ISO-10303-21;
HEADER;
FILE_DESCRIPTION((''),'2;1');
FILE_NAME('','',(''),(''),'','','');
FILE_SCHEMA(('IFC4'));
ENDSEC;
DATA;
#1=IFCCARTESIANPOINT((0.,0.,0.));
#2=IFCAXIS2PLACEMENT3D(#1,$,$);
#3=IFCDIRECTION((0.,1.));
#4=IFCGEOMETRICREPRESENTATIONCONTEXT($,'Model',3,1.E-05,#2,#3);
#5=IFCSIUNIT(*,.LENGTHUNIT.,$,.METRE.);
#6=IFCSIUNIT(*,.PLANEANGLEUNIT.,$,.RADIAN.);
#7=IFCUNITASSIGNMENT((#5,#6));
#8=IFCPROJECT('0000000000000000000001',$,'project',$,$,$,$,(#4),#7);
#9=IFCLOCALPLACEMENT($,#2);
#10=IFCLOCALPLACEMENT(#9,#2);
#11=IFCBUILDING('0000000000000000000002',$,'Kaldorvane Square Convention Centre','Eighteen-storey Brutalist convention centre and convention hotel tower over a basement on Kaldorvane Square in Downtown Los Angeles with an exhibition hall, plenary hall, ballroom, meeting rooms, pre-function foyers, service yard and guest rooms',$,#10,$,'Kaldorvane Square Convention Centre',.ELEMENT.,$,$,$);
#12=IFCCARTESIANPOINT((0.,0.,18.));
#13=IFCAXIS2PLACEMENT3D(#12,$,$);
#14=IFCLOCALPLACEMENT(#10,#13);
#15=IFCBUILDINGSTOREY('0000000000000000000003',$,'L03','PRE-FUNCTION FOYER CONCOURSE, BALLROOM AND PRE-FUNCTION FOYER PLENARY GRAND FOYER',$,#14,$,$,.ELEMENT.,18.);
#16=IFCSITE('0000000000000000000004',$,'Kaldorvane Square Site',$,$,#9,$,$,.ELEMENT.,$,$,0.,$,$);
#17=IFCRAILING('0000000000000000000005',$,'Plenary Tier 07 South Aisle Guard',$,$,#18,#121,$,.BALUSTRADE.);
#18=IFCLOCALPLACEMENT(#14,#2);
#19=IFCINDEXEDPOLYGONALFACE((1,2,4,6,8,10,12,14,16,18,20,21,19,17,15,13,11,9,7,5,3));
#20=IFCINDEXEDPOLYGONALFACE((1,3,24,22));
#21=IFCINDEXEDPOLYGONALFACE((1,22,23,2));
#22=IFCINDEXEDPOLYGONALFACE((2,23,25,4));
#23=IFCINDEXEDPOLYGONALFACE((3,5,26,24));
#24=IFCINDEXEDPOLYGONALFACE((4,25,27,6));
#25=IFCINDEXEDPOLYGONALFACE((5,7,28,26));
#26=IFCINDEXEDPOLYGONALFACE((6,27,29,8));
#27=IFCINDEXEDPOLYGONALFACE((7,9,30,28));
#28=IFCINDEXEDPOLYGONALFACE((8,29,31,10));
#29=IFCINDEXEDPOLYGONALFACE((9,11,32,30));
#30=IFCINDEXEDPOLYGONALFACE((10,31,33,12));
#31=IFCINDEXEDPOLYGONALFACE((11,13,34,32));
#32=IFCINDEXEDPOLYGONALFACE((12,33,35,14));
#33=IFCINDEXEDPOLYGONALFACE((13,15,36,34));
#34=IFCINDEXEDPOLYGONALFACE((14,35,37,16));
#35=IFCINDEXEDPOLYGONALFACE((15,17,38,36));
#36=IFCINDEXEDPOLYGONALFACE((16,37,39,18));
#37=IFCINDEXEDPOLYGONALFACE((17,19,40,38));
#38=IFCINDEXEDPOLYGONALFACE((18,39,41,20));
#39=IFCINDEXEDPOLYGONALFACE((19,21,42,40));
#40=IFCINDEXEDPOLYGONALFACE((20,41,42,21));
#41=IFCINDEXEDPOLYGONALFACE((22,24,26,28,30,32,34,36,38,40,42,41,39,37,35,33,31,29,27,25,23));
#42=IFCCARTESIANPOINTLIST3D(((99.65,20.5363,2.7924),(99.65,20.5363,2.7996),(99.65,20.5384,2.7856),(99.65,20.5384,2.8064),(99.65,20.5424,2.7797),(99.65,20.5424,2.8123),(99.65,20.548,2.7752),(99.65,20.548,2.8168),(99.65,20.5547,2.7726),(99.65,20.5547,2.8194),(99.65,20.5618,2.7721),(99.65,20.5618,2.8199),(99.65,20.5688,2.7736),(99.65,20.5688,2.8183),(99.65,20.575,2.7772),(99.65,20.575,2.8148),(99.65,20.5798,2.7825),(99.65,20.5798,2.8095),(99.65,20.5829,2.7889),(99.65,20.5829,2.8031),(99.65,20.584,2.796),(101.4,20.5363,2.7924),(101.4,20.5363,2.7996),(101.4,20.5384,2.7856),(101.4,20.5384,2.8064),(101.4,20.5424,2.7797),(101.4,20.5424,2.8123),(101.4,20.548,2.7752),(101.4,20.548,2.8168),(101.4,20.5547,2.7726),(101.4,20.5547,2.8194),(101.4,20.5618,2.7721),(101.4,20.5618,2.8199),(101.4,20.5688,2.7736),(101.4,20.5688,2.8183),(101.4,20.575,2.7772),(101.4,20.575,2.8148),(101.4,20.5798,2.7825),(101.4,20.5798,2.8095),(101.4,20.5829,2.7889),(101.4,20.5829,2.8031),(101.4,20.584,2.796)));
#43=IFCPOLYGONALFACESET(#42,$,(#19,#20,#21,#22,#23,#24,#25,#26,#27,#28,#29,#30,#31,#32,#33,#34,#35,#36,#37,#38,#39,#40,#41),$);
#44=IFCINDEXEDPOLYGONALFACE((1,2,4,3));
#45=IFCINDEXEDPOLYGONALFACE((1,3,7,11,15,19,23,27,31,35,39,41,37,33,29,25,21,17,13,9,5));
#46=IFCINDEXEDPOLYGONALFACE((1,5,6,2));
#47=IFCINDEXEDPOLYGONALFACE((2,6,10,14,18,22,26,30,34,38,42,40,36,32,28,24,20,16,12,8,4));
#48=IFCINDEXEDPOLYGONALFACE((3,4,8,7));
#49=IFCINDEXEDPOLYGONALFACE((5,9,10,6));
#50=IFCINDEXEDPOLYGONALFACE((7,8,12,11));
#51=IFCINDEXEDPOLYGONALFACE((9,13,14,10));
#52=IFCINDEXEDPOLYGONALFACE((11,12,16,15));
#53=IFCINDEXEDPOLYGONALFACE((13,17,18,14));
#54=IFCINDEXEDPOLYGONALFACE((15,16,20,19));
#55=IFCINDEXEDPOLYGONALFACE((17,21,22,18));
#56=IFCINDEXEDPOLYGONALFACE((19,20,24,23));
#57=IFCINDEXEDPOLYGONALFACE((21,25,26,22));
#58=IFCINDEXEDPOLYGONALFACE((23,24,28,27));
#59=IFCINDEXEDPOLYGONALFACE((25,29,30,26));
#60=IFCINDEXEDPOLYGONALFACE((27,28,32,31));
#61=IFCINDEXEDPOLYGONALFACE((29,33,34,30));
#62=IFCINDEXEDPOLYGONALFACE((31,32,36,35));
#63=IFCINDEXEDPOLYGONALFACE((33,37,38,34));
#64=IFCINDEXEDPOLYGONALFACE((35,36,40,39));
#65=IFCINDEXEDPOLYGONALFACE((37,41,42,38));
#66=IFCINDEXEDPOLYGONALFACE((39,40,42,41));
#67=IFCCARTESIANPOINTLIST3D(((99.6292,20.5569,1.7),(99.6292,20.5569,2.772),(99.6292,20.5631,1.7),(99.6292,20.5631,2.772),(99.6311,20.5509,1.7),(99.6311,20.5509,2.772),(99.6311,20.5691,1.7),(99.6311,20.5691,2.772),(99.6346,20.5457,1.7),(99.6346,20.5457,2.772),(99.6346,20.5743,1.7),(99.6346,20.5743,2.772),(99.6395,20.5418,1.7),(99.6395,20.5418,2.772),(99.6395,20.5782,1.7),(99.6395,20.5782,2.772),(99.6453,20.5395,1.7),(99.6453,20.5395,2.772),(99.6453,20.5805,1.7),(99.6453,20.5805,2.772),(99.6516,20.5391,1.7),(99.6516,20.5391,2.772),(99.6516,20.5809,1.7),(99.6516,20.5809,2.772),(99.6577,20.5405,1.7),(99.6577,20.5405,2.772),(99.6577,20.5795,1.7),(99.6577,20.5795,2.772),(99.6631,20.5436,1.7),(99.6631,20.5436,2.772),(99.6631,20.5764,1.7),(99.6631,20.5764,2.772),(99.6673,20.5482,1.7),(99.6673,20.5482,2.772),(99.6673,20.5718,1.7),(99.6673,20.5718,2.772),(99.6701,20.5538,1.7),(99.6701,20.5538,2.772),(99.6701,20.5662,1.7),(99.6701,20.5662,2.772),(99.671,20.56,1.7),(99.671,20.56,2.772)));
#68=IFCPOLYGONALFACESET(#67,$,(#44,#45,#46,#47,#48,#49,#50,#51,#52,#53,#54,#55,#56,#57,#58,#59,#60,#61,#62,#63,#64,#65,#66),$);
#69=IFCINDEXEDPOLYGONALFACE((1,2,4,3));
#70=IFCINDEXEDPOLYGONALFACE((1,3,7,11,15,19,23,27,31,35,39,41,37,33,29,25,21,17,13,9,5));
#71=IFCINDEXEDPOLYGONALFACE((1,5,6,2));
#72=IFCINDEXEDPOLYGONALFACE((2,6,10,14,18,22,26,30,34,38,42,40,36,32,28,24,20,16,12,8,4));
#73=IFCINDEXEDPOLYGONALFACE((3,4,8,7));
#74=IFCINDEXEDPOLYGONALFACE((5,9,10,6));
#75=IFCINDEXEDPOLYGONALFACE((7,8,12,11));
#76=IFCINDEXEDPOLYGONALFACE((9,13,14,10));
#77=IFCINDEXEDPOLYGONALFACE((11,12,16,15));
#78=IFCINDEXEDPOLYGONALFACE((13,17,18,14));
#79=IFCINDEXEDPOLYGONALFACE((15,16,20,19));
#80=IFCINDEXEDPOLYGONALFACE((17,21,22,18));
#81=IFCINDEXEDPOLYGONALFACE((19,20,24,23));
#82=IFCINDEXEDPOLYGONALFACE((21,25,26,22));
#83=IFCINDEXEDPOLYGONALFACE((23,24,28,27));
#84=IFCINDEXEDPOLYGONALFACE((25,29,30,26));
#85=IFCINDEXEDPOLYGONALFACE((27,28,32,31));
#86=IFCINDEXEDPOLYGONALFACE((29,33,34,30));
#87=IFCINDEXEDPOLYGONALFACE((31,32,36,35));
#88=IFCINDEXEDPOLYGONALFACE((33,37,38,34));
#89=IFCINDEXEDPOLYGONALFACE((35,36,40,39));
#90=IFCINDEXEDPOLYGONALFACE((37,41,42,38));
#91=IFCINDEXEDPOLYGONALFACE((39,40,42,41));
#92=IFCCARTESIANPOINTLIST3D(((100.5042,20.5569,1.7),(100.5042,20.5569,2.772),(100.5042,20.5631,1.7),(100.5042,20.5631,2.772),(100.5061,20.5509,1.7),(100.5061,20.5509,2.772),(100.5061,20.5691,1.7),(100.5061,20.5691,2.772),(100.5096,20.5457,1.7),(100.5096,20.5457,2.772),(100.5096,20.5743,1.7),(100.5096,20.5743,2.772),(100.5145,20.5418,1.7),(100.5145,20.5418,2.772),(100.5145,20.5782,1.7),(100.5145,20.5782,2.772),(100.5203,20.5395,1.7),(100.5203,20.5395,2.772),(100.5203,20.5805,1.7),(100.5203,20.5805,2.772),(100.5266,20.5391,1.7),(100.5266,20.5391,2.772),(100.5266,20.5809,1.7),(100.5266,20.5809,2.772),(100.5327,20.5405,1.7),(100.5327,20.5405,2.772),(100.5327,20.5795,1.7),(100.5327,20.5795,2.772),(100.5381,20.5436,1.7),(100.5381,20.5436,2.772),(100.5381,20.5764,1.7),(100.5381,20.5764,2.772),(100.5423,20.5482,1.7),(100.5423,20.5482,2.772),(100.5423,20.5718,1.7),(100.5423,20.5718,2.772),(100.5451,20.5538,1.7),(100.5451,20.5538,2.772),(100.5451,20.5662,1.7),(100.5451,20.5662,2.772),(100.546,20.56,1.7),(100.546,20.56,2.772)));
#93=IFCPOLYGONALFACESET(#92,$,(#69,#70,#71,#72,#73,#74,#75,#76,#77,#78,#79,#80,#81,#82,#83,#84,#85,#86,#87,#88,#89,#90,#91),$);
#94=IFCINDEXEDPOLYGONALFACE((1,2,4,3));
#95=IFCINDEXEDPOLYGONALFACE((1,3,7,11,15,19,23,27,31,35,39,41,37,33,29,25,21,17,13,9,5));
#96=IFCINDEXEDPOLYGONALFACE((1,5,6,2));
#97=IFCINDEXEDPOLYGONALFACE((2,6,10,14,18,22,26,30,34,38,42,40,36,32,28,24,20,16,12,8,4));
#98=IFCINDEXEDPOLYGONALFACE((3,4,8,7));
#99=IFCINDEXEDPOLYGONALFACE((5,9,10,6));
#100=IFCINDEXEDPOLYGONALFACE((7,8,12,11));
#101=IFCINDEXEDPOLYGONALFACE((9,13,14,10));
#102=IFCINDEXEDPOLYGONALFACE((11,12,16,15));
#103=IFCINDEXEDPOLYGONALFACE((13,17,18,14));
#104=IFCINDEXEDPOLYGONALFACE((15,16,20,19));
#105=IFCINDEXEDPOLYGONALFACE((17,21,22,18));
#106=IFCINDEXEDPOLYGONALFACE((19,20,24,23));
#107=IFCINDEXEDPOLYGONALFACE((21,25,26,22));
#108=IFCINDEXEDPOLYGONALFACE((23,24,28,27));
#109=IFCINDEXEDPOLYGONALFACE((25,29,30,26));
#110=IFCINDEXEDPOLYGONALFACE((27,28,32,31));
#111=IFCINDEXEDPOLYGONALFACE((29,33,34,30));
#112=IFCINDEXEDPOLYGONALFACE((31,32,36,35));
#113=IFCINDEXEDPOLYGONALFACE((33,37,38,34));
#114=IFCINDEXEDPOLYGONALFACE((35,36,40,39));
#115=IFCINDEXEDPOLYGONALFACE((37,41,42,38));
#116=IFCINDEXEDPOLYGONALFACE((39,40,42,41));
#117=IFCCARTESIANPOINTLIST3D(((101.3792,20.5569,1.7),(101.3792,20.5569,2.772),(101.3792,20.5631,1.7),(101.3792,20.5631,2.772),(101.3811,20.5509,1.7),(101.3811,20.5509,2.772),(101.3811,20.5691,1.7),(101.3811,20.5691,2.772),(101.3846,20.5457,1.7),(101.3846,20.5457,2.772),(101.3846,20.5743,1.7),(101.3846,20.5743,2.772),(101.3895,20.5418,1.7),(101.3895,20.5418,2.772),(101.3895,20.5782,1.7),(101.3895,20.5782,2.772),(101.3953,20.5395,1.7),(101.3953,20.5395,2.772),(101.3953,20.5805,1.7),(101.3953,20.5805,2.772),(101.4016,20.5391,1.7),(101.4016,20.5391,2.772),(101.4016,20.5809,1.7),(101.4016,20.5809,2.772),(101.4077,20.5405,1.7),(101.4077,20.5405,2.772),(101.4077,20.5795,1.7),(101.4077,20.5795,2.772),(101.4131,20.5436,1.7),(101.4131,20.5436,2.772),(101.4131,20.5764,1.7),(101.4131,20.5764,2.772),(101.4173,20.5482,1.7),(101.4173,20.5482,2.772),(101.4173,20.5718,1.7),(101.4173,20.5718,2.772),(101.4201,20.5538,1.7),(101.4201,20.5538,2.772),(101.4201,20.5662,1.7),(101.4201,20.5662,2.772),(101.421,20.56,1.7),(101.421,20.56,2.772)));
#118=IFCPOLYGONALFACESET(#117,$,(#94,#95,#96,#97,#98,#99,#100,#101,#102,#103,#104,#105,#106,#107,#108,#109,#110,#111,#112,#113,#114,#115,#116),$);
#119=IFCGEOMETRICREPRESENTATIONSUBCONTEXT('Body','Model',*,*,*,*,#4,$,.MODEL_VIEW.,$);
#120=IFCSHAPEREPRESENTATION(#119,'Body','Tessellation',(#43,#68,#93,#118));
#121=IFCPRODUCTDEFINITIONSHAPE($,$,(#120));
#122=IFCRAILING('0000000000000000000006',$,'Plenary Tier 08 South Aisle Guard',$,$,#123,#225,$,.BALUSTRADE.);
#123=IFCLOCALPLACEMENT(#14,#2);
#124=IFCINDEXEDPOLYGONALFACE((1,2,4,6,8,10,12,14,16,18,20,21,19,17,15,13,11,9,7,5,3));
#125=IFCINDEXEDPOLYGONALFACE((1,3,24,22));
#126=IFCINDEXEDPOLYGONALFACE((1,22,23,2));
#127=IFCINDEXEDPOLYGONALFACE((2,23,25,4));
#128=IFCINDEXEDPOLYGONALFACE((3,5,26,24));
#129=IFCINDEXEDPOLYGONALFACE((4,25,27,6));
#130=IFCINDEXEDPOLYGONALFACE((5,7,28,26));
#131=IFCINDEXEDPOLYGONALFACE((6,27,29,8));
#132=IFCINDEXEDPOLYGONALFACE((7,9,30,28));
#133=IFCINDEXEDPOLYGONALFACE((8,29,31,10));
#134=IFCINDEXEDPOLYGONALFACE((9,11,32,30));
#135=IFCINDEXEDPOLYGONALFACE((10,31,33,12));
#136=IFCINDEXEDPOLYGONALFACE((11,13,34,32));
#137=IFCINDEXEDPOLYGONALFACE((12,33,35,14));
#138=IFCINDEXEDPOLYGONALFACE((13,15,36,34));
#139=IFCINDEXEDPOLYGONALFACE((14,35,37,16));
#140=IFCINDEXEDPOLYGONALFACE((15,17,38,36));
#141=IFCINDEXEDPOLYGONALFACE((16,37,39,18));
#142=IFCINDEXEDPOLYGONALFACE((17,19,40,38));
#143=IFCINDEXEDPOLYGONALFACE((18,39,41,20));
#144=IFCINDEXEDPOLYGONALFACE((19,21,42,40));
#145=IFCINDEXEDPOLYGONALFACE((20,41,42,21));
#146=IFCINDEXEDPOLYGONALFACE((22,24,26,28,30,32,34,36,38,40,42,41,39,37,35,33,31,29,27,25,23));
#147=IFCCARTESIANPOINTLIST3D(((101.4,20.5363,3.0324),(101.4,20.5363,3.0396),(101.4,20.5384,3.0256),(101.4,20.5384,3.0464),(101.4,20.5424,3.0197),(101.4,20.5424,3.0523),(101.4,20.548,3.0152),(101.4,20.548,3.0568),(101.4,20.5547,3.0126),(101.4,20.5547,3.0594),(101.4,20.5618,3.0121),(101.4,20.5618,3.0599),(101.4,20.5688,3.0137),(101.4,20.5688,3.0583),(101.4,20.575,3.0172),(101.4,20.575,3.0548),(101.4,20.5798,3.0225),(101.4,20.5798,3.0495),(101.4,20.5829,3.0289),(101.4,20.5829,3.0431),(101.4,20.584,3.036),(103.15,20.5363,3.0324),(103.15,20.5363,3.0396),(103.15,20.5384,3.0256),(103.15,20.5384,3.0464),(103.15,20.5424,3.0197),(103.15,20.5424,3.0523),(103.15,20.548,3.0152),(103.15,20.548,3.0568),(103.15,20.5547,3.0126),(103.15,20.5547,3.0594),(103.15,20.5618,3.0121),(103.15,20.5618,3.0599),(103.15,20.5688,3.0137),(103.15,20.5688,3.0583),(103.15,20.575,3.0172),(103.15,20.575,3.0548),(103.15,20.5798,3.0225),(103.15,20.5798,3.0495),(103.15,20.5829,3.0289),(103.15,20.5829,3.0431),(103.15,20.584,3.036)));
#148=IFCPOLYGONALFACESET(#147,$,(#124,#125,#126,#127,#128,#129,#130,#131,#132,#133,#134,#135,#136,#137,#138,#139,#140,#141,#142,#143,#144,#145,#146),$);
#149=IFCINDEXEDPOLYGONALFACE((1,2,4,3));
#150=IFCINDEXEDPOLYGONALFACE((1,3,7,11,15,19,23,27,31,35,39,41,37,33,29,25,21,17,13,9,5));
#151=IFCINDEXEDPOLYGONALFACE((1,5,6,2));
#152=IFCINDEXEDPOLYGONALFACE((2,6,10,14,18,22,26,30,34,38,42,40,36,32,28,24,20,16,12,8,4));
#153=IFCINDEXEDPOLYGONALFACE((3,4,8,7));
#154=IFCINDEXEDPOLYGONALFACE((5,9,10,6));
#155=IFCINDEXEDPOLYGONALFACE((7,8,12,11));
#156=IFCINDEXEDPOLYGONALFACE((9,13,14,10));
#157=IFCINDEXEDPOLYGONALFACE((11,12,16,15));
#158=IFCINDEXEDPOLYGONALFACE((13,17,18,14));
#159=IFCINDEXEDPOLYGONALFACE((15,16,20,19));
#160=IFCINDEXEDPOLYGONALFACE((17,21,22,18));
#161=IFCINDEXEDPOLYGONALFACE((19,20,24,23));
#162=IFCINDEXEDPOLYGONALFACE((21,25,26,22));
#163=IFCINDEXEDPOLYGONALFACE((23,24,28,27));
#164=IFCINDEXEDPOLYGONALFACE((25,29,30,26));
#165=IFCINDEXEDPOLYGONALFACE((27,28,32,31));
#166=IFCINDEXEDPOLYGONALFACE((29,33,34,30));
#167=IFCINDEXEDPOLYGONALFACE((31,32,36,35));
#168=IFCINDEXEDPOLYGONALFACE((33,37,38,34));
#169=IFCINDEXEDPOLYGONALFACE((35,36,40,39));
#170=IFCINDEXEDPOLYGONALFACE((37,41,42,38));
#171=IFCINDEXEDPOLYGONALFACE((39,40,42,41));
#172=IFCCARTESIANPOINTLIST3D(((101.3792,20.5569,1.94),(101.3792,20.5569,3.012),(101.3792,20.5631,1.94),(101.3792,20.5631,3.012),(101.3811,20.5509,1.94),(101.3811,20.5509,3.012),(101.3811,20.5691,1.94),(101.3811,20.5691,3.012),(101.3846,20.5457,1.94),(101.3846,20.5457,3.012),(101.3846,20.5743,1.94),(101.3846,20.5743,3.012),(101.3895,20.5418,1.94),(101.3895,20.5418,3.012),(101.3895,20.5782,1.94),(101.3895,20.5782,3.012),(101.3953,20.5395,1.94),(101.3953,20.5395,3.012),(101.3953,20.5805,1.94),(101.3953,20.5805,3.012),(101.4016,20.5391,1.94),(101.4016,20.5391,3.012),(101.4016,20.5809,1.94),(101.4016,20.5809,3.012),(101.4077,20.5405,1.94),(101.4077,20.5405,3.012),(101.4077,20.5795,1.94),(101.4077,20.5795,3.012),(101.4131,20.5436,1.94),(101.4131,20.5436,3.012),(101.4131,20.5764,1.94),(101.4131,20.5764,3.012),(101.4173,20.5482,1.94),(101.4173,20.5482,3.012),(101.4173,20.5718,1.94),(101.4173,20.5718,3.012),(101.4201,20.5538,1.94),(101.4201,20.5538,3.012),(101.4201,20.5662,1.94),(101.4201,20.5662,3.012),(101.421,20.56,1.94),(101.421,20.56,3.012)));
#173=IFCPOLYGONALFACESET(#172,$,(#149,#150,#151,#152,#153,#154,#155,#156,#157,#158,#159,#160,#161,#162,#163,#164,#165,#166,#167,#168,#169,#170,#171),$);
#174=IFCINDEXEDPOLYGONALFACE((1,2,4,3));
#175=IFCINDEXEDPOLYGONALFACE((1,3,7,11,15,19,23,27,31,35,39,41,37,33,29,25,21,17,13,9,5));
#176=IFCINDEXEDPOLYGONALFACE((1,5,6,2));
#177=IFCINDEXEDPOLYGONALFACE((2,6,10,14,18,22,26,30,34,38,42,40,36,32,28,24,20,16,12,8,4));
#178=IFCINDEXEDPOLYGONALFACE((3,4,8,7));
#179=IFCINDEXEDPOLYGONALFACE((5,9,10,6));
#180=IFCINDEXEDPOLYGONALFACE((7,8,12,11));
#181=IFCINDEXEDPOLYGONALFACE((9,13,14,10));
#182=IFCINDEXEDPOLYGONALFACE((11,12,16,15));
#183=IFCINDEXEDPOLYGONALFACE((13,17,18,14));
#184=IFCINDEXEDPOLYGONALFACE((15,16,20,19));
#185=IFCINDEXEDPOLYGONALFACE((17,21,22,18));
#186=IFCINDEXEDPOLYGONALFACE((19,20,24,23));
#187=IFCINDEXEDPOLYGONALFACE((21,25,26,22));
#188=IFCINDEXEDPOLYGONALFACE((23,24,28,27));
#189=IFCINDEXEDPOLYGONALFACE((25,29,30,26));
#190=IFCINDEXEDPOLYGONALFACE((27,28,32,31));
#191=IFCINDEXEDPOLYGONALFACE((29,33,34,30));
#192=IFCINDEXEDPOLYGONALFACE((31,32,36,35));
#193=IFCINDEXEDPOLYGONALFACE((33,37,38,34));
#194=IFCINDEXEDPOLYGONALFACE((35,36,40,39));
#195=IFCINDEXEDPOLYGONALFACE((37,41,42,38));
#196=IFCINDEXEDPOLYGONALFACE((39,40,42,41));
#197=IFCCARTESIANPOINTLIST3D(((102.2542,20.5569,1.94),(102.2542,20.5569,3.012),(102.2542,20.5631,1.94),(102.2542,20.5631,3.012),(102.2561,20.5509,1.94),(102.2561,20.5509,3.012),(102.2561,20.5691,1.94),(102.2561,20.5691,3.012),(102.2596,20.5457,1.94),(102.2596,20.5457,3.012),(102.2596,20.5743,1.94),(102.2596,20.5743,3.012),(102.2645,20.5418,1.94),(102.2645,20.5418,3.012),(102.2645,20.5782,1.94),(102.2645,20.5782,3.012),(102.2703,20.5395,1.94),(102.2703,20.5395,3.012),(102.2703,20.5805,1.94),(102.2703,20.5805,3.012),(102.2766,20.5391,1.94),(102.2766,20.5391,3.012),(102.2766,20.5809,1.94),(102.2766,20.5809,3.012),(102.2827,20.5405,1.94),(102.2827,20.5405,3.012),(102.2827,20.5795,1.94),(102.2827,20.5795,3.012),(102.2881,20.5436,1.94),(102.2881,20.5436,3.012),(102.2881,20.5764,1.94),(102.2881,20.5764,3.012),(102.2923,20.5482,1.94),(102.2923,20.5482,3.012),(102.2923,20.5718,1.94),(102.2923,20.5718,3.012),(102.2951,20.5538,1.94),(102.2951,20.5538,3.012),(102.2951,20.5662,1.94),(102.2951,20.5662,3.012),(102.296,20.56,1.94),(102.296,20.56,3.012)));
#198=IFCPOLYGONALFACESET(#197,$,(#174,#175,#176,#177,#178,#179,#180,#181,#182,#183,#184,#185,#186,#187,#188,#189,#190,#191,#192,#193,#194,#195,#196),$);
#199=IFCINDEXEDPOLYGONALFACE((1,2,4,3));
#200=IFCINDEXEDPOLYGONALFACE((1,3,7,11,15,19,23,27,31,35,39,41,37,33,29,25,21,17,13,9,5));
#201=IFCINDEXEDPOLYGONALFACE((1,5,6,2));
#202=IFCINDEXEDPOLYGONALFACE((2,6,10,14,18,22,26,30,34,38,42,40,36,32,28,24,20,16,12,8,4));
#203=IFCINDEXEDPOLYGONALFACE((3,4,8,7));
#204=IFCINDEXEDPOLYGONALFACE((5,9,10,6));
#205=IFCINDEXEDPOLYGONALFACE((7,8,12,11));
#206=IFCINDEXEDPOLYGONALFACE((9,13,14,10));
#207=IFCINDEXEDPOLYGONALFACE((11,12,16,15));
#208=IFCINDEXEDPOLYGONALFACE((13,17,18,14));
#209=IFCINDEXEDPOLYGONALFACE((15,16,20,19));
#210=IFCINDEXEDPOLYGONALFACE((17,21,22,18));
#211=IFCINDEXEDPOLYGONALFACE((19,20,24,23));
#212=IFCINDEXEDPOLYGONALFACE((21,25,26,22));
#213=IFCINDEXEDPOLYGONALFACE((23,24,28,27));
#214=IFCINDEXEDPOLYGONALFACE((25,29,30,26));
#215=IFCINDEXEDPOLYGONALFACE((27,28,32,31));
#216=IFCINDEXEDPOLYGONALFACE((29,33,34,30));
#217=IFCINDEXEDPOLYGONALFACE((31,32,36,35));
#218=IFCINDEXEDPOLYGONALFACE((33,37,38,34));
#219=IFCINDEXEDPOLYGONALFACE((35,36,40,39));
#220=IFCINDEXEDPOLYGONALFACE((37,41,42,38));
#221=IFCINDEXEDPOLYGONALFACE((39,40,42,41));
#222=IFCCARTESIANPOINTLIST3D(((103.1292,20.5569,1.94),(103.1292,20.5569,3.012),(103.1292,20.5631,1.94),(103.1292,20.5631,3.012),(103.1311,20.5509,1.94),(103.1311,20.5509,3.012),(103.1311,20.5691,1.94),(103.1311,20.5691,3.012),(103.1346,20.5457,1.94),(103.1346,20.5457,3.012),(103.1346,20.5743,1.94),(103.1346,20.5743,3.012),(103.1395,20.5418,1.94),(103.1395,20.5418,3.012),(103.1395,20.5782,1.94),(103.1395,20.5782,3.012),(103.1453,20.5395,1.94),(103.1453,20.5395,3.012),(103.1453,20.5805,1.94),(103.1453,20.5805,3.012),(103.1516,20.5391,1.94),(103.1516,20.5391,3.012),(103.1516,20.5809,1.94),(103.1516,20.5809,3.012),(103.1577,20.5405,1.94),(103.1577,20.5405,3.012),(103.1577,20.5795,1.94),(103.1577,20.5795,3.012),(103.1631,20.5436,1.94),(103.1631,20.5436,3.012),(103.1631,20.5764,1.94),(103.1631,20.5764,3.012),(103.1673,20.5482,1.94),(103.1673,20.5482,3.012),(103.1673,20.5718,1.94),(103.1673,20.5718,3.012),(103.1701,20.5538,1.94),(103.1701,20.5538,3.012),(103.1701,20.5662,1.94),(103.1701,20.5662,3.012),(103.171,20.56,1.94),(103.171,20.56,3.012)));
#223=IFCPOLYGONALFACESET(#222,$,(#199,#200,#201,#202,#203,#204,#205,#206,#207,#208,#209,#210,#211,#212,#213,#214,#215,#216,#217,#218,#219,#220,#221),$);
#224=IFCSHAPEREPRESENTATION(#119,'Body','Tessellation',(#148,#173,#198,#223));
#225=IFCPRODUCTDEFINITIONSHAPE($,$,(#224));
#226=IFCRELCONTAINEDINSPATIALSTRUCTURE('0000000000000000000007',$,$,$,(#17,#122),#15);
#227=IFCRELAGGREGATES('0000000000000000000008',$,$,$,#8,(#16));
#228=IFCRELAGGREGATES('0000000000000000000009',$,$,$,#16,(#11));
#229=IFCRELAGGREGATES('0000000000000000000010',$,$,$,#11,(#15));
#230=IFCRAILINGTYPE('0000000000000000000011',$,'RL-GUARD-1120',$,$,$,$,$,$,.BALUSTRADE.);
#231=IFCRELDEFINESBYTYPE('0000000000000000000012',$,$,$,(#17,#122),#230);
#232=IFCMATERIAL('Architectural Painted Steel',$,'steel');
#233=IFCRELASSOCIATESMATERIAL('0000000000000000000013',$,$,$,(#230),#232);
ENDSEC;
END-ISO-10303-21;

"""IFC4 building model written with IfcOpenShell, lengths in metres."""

from ifc_helpers import new_model, si_unit, direction, frame, origin, origin_2d, place, context, subcontext, project, spatial, circle, extrude, material, type_object, element, save


model = new_model("IFC4")

# Units and contexts
model_context = context("Model", 3, precision=1e-05, world=origin(), true_north=direction((0.0, 1.0)))
body_context = subcontext(model_context, "Body", "Model", "MODEL_VIEW")
ifc_project = project(units=[si_unit("LENGTHUNIT", "METRE"), si_unit("PLANEANGLEUNIT", "RADIAN")], contexts=[model_context])

# Site, building, storey
site_placement = place(None, origin())
site = spatial("IfcSite", under=ifc_project, at=site_placement, Name="Kaldorvane Square Site", CompositionType="ELEMENT", RefElevation=0.0)
building_placement = place(site_placement, origin())
building = spatial("IfcBuilding", under=site, at=building_placement, Name="Kaldorvane Square Convention Centre", Description="Eighteen-storey Brutalist convention centre and convention hotel tower over a basement on Kaldorvane Square in Downtown Los Angeles with an exhibition hall, plenary hall, ballroom, meeting rooms, pre-function foyers, service yard and guest rooms", LongName="Kaldorvane Square Convention Centre", CompositionType="ELEMENT")
storey_placement = place(building_placement, frame((0.0, 0.0, 18.0)))
storey = spatial("IfcBuildingStorey", under=building, at=storey_placement, Name="L03", Description="PRE-FUNCTION FOYER CONCOURSE, BALLROOM AND PRE-FUNCTION FOYER PLENARY GRAND FOYER", CompositionType="ELEMENT", Elevation=18.0)

# Railings
ifc_material_1 = material(Name="Architectural Painted Steel", Category="steel")
railing_type = type_object("IfcRailingType", Name="RL-GUARD-1120", PredefinedType="BALUSTRADE", material=ifc_material_1)
for number, where, name in (
    (1, (99.65, 20.56, 1.7), "Plenary Tier 07 South Aisle Guard"),
    (2, (101.4, 20.56, 1.94), "Plenary Tier 08 South Aisle Guard"),
):
    element("IfcRailing", number, at=place(storey_placement, frame(where)), inside=storey, type_object=railing_type, Name=name, PredefinedType="BALUSTRADE", context=body_context, shape_type="SweptSolid", body=[
        extrude(circle(Radius=0.024, at=origin_2d()), frame((0.0, 0.0, 1.096), z_axis=(1.0, 0.0, 0.0), x_axis=(0.0, 1.0, 0.0)), (0.0, 0.0, 1.0), 1.75),
        extrude(circle(Radius=0.021, at=origin_2d()), origin(), (0.0, 0.0, 1.0), 1.072),
        extrude(circle(Radius=0.021, at=origin_2d()), frame((0.875, 0.0, 0.0)), (0.0, 0.0, 1.0), 1.072),
        extrude(circle(Radius=0.021, at=origin_2d()), frame((1.75, 0.0, 0.0)), (0.0, 0.0, 1.0), 1.072),
    ])

save(model, "model.ifc")
